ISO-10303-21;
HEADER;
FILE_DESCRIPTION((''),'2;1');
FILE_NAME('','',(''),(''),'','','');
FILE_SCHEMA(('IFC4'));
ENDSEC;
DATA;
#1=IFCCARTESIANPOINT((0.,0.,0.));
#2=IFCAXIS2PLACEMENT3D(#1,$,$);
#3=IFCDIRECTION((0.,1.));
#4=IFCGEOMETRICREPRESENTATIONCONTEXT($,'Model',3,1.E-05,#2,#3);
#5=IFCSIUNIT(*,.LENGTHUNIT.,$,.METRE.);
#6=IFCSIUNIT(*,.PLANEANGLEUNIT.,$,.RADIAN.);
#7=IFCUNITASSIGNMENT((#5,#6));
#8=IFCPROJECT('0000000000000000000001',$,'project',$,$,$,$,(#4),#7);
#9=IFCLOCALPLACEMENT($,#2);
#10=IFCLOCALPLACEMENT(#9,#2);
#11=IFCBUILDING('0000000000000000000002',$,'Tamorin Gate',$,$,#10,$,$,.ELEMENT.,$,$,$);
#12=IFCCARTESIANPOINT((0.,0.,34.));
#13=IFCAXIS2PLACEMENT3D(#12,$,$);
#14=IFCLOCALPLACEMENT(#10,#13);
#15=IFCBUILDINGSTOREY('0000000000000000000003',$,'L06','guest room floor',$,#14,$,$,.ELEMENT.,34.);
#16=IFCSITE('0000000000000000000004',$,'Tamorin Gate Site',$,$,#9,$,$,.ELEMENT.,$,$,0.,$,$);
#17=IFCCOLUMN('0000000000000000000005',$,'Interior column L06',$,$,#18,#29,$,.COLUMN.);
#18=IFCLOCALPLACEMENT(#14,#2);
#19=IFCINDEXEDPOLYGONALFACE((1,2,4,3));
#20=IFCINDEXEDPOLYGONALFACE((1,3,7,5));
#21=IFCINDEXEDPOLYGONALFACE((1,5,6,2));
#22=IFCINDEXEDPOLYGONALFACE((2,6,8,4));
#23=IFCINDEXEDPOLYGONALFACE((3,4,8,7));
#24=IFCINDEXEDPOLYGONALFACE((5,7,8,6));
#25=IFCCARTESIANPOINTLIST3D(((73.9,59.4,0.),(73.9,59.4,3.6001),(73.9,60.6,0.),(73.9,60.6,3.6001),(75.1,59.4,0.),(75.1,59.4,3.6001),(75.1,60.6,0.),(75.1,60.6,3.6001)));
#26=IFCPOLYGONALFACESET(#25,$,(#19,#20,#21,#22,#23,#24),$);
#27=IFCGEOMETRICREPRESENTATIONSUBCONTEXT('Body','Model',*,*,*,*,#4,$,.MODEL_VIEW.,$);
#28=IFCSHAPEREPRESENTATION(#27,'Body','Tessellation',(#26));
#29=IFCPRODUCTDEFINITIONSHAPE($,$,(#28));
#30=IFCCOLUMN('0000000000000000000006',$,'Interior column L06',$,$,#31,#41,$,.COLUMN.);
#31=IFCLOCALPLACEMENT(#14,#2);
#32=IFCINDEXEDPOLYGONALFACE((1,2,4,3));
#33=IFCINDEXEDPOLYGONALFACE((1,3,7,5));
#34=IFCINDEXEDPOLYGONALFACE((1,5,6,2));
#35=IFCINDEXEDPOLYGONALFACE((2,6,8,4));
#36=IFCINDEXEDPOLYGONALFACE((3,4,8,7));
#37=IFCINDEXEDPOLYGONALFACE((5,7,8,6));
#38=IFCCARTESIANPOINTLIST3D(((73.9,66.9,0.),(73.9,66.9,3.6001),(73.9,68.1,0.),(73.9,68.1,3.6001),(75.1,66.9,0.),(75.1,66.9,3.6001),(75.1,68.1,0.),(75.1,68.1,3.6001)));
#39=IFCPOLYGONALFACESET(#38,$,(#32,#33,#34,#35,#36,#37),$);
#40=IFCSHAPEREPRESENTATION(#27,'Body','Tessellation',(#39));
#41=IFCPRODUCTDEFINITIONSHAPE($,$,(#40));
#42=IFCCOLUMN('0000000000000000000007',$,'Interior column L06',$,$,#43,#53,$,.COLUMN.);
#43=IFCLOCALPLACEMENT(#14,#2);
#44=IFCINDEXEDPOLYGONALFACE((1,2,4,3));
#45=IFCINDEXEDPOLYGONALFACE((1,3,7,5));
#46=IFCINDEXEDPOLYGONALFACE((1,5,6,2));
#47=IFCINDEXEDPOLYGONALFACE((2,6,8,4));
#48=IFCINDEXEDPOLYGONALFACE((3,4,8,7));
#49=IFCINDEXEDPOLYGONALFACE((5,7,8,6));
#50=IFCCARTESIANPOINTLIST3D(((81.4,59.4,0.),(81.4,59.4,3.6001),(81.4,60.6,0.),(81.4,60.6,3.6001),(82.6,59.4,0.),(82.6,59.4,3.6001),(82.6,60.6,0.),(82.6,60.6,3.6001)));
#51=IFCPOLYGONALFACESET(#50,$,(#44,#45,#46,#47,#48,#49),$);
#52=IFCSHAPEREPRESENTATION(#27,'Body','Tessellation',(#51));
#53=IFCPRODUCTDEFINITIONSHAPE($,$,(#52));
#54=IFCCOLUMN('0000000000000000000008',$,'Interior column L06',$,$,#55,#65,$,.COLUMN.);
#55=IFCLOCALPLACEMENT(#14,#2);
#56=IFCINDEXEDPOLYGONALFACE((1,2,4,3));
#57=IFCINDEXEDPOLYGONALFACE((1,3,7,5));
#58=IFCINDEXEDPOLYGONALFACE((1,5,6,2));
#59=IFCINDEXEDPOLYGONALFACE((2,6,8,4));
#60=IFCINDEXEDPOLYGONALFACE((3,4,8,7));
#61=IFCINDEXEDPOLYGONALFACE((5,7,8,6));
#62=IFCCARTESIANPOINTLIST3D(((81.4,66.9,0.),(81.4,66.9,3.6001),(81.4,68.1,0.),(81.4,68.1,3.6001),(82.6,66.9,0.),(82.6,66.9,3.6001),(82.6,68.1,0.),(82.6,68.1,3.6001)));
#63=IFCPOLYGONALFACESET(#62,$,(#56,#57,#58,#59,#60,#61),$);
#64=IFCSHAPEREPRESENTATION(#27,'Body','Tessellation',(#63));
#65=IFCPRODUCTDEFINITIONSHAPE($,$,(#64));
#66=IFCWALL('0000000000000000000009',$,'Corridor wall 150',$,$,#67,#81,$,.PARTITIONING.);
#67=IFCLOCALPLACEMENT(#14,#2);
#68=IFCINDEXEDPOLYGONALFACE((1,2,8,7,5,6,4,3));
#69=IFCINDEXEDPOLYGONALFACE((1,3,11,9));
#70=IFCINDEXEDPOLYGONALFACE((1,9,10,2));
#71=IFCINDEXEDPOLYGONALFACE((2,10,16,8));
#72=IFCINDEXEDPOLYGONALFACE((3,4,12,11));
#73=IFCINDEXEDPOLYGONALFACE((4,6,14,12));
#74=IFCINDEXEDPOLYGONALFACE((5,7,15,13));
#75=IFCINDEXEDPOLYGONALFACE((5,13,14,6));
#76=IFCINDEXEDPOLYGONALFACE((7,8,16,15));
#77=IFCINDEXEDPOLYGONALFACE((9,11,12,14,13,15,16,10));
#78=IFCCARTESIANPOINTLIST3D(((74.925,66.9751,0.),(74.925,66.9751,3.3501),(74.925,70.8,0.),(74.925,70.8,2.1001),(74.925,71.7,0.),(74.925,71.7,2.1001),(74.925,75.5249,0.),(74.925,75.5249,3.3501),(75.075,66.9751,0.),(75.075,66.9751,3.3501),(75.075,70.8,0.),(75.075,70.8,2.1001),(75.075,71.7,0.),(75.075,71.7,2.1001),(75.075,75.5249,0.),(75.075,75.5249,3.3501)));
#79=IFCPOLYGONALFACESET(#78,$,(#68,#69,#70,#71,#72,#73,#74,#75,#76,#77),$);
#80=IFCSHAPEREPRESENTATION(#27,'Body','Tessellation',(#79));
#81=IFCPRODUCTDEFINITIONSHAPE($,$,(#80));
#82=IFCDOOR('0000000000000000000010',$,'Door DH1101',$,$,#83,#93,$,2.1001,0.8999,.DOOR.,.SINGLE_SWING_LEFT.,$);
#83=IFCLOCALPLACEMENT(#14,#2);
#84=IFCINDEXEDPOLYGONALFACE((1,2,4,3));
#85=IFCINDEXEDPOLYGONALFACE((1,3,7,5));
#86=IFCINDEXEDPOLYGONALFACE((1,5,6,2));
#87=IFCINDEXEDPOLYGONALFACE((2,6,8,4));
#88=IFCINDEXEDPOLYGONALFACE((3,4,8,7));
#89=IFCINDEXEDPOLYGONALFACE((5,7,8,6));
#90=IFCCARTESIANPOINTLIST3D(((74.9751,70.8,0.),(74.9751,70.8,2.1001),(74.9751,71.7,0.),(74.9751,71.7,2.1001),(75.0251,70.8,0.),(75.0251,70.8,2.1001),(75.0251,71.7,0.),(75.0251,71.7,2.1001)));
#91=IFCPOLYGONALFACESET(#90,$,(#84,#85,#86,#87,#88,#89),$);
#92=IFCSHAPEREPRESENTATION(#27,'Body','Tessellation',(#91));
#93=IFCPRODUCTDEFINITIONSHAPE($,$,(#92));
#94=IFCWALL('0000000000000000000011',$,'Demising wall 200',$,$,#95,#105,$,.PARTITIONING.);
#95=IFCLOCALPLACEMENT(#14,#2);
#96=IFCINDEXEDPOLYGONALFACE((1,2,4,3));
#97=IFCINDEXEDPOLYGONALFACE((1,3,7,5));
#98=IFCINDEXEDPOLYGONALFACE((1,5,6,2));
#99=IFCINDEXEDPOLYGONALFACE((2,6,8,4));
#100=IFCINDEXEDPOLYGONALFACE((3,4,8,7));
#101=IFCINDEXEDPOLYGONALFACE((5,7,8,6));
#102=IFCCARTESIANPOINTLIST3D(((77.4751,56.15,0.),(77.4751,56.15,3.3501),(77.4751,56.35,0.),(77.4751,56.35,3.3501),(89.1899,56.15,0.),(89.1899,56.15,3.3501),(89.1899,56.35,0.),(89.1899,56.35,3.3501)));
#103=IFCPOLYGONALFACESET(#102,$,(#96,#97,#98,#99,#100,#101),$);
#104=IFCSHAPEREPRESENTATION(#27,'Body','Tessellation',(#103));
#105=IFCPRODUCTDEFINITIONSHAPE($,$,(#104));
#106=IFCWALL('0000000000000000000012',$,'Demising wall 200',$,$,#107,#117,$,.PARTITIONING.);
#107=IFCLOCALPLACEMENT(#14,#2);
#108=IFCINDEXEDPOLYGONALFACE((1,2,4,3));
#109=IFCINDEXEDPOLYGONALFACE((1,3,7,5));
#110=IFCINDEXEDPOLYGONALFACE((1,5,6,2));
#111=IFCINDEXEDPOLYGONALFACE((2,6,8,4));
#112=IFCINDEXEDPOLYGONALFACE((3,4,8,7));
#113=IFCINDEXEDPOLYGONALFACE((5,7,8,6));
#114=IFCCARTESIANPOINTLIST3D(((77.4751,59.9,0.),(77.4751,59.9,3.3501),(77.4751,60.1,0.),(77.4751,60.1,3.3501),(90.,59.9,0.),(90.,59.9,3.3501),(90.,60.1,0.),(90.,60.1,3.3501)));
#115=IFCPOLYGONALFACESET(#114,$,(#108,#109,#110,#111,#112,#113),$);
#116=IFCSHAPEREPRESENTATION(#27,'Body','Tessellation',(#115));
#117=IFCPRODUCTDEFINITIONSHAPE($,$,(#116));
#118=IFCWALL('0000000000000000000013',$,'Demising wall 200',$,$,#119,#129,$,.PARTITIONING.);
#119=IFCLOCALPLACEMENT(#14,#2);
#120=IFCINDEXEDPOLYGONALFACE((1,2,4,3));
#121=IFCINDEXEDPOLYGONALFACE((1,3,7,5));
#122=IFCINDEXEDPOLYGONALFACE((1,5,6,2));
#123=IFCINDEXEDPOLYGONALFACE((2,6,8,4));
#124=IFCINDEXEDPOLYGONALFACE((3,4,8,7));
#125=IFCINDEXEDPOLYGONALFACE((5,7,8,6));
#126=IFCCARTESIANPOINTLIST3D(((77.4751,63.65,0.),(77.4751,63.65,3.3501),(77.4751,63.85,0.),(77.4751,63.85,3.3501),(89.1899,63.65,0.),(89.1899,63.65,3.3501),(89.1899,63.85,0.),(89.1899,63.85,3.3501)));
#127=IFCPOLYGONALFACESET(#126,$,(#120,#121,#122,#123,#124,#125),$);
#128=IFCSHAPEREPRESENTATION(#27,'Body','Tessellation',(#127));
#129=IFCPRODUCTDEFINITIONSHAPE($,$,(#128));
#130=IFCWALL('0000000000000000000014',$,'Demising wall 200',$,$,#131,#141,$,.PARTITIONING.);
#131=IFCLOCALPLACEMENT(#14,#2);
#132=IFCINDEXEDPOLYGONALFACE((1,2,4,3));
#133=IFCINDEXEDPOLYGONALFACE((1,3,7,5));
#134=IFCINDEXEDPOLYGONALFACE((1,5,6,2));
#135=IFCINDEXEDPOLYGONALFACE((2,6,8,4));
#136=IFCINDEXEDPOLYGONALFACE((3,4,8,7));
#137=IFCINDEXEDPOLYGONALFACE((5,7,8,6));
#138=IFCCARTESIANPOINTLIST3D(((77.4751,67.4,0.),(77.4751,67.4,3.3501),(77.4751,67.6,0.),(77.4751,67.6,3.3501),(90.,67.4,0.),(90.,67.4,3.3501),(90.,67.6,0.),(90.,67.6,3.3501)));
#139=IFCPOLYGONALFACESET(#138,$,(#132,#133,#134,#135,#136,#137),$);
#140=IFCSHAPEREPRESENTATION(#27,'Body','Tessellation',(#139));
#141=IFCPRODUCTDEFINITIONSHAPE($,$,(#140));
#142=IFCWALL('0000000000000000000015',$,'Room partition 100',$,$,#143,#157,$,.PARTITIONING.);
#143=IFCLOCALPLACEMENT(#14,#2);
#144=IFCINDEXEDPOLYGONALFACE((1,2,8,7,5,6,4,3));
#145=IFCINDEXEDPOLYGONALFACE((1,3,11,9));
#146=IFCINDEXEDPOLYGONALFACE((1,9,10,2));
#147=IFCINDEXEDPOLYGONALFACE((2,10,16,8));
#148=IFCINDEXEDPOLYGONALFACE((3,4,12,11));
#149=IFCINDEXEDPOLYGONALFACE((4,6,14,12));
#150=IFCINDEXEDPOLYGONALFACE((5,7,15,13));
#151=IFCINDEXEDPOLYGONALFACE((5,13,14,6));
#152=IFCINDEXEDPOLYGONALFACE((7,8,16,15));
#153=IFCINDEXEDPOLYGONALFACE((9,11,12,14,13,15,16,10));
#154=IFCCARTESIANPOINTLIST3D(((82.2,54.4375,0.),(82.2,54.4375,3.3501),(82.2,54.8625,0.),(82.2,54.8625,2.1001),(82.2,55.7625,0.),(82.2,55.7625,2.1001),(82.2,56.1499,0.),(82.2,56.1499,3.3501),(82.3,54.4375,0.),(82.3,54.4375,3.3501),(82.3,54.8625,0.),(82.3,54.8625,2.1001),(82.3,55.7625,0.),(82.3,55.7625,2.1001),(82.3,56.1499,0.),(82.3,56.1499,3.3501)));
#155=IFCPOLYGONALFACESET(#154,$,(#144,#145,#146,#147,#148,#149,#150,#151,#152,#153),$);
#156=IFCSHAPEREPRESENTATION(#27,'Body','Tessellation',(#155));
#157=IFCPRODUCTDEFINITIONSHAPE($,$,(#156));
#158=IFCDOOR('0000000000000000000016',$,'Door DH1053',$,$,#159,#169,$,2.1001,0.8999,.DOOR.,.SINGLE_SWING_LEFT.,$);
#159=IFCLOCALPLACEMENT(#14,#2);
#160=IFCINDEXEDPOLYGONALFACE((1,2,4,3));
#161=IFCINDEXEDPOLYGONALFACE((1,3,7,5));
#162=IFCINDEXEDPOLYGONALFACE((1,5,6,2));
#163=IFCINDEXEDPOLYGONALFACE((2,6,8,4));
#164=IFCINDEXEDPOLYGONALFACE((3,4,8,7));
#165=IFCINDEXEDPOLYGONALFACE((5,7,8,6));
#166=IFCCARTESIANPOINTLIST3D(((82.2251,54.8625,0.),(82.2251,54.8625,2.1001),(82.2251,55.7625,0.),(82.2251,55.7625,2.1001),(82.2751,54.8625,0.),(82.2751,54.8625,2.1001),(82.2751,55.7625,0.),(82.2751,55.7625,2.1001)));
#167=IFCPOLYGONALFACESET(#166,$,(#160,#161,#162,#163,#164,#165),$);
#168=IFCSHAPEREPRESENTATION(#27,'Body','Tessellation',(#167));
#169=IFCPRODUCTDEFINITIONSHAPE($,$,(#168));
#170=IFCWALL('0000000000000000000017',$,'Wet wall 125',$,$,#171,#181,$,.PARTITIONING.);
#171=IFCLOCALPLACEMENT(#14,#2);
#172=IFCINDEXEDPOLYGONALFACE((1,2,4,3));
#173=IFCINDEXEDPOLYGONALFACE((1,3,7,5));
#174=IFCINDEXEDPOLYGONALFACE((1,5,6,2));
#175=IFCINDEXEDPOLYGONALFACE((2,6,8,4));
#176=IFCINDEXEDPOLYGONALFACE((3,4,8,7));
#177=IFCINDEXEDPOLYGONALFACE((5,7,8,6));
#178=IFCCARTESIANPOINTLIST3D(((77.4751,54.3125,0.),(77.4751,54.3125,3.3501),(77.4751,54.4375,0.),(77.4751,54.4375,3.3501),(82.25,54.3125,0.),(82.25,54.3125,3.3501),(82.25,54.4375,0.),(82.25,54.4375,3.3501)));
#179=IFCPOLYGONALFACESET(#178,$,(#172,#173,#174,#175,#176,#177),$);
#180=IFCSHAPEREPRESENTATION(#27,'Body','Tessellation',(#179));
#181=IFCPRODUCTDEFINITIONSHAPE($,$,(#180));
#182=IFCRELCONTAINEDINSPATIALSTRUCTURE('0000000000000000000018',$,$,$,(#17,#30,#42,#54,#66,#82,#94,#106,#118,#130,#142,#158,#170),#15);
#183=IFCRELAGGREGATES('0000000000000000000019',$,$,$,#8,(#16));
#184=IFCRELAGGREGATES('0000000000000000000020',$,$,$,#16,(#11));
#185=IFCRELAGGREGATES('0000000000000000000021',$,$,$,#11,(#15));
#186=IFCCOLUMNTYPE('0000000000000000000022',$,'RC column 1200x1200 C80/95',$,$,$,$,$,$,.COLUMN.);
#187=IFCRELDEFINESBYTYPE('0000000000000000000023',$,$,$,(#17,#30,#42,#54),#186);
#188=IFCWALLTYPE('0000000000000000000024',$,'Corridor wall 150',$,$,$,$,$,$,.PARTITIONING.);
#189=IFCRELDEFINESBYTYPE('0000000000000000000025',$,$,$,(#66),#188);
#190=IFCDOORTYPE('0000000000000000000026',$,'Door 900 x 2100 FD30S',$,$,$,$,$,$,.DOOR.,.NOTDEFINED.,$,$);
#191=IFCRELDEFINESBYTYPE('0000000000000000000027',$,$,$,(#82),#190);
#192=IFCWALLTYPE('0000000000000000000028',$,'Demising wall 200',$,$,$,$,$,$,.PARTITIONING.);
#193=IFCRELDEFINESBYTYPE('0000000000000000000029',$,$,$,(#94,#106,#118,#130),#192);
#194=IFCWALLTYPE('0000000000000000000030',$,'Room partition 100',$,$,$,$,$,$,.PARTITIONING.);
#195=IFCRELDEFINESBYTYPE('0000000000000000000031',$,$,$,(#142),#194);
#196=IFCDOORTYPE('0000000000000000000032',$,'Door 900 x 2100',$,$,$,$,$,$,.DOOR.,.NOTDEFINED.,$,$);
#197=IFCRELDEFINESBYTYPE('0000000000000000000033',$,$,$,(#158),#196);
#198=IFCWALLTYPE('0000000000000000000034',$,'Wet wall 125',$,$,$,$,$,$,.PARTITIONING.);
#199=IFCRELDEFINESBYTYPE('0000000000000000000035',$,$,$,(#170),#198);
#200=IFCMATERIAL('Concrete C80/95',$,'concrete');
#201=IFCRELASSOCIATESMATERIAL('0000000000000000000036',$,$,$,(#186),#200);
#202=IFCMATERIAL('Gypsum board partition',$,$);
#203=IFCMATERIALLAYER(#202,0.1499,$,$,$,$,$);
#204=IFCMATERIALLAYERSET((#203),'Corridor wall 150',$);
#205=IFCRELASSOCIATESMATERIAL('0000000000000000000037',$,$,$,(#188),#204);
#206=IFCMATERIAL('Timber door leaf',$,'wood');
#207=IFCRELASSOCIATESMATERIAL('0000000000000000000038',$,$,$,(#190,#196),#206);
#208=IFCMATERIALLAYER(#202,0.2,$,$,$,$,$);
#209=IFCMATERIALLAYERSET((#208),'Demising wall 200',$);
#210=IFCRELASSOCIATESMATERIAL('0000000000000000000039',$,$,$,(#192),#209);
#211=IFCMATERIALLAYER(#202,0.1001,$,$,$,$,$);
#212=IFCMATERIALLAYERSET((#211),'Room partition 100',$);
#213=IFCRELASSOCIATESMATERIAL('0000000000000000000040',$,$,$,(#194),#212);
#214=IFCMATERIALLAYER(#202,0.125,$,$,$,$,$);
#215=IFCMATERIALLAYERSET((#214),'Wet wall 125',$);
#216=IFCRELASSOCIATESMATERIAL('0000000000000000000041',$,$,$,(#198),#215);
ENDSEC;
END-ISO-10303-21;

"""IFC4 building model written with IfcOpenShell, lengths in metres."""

from ifc_helpers import new_model, si_unit, direction, frame, frame_2d, origin, origin_2d, place, context, subcontext, project, spatial, rectangle, extrude, material, layer, layer_set, material_profile, profile_set, type_object, element, fill, save


model = new_model("IFC4")

# Units and contexts
model_context = context("Model", 3, precision=1e-05, world=origin(), true_north=direction((0.0, 1.0)))
body_context = subcontext(model_context, "Body", "Model", "MODEL_VIEW")
ifc_project = project(units=[si_unit("LENGTHUNIT", "METRE"), si_unit("PLANEANGLEUNIT", "RADIAN")], contexts=[model_context])

# Site, building, storey
site_placement = place(None, origin())
site = spatial("IfcSite", under=ifc_project, at=site_placement, Name="Tamorin Gate Site", CompositionType="ELEMENT", RefElevation=0.0)
building_placement = place(site_placement, origin())
building = spatial("IfcBuilding", under=site, at=building_placement, Name="Tamorin Gate", CompositionType="ELEMENT")
storey_placement = place(building_placement, frame((0.0, 0.0, 34.0)))
storey = spatial("IfcBuildingStorey", under=building, at=storey_placement, Name="L06", Description="guest room floor", CompositionType="ELEMENT", Elevation=34.0)

# Columns
ifc_material_1 = material(Name="Concrete C80/95", Category="concrete")
ifc_material_profile = material_profile(ifc_material_1, rectangle(XDim=1.2, YDim=1.2, at=origin_2d()), Name="RC 1200x1200")
ifc_profile_set = profile_set([ifc_material_profile], Name="Concrete C80/95")
column_type = type_object("IfcColumnType", Name="RC column 1200x1200 C80/95", PredefinedType="COLUMN", material=ifc_profile_set)
for number, where, z_axis, x_axis, name in (
    (1, (74.5, 60.0, 0.0), (0.0, 0.0, 1.0), (1.0, 0.0, 0.0), "Interior column L06"),
    (2, (74.5, 67.5, 0.0), (0.0, 0.0, 1.0), (1.0, 0.0, 0.0), "Interior column L06"),
    (3, (82.0, 60.0, 0.0), (0.0, 0.0, 1.0), (1.0, 0.0, 0.0), "Interior column L06"),
    (4, (82.0, 67.5, 0.0), (0.0, 0.0, 1.0), (1.0, 0.0, 0.0), "Interior column L06"),
):
    element("IfcColumn", number, at=place(storey_placement, frame(where, z_axis=z_axis, x_axis=x_axis)), inside=storey, type_object=column_type, Name=name, PredefinedType="COLUMN", context=body_context, shape_type="SweptSolid", body=[
        extrude(rectangle(XDim=1.2, YDim=1.2, at=origin_2d()), origin(), (0.0, 0.0, 1.0), 3.6001),
    ])

# Wall, opening, door
ifc_material_2 = material(Name="Gypsum board partition")
ifc_layer_1 = layer(ifc_material_2, 0.1499)
ifc_layer_set_1 = layer_set([ifc_layer_1], Name="Corridor wall 150")
wall_type_1 = type_object("IfcWallType", Name="Corridor wall 150", PredefinedType="PARTITIONING", material=ifc_layer_set_1)
wall_1_placement = place(storey_placement, frame((75.0, 66.9751, 0.0), z_axis=(0.0, 0.0, 1.0), x_axis=(0.0, 1.0, 0.0)))
wall_1 = element("IfcWall", 5, at=wall_1_placement, inside=storey, type_object=wall_type_1, Name="Corridor wall 150", PredefinedType="PARTITIONING", context=body_context, shape_type="SweptSolid", body=[
    extrude(rectangle(XDim=8.5498, YDim=0.1499, at=frame_2d((4.2749, 0.0))), origin(), (0.0, 0.0, 1.0), 3.3501),
])
opening_1_placement = place(wall_1_placement, frame((3.825, 0.0, 0.0)))
opening_1 = element("IfcOpeningElement", 6, at=opening_1_placement, cuts=wall_1, PredefinedType="OPENING", context=body_context, shape_type="SweptSolid", body=[
    extrude(rectangle(XDim=0.8999, YDim=2.1001, at=frame_2d((0.45, 1.05))), frame((0.0, 0.085, 0.0), z_axis=(0.0, -1.0, 0.0), x_axis=(1.0, 0.0, 0.0)), (0.0, 0.0, 1.0), 0.1699),
])
ifc_material_3 = material(Name="Timber door leaf", Category="wood")
door_type_1 = type_object("IfcDoorType", Name="Door 900 x 2100 FD30S", OperationType="NOTDEFINED", PredefinedType="DOOR", material=ifc_material_3)
door_1_placement = place(opening_1_placement, origin())
door_1 = element("IfcDoor", 7, at=door_1_placement, inside=storey, type_object=door_type_1, Name="Door DH1101", OperationType="SINGLE_SWING_LEFT", OverallHeight=2.1001, OverallWidth=0.8999, PredefinedType="DOOR", context=body_context, shape_type="SweptSolid", body=[
    extrude(rectangle(XDim=0.8999, YDim=2.1001, at=frame_2d((0.45, 1.05))), frame((0.0, 0.0249, 0.0), z_axis=(0.0, -1.0, 0.0), x_axis=(1.0, 0.0, 0.0)), (0.0, 0.0, 1.0), 0.05),
])
fill(opening_1, door_1)

# Walls
ifc_layer_2 = layer(ifc_material_2, 0.2)
ifc_layer_set_2 = layer_set([ifc_layer_2], Name="Demising wall 200")
wall_type_2 = type_object("IfcWallType", Name="Demising wall 200", PredefinedType="PARTITIONING", material=ifc_layer_set_2)
wall_2_placement = place(storey_placement, frame((77.4751, 56.25, 0.0), z_axis=(0.0, 0.0, 1.0), x_axis=(1.0, 0.0, 0.0)))
element("IfcWall", 8, at=wall_2_placement, inside=storey, type_object=wall_type_2, Name="Demising wall 200", PredefinedType="PARTITIONING", context=body_context, shape_type="SweptSolid", body=[
    extrude(rectangle(XDim=11.7148, YDim=0.2, at=frame_2d((5.8574, 0.0))), origin(), (0.0, 0.0, 1.0), 3.3501),
])
wall_3_placement = place(storey_placement, frame((77.4751, 60.0, 0.0), z_axis=(0.0, 0.0, 1.0), x_axis=(1.0, 0.0, 0.0)))
element("IfcWall", 9, at=wall_3_placement, inside=storey, type_object=wall_type_2, Name="Demising wall 200", PredefinedType="PARTITIONING", context=body_context, shape_type="SweptSolid", body=[
    extrude(rectangle(XDim=12.5249, YDim=0.2, at=frame_2d((6.2625, 0.0))), origin(), (0.0, 0.0, 1.0), 3.3501),
])
wall_4_placement = place(storey_placement, frame((77.4751, 63.75, 0.0), z_axis=(0.0, 0.0, 1.0), x_axis=(1.0, 0.0, 0.0)))
element("IfcWall", 10, at=wall_4_placement, inside=storey, type_object=wall_type_2, Name="Demising wall 200", PredefinedType="PARTITIONING", context=body_context, shape_type="SweptSolid", body=[
    extrude(rectangle(XDim=11.7148, YDim=0.2, at=frame_2d((5.8574, 0.0))), origin(), (0.0, 0.0, 1.0), 3.3501),
])
wall_5_placement = place(storey_placement, frame((77.4751, 67.5, 0.0), z_axis=(0.0, 0.0, 1.0), x_axis=(1.0, 0.0, 0.0)))
element("IfcWall", 11, at=wall_5_placement, inside=storey, type_object=wall_type_2, Name="Demising wall 200", PredefinedType="PARTITIONING", context=body_context, shape_type="SweptSolid", body=[
    extrude(rectangle(XDim=12.5249, YDim=0.2, at=frame_2d((6.2625, 0.0))), origin(), (0.0, 0.0, 1.0), 3.3501),
])

# Wall, opening, door
ifc_layer_3 = layer(ifc_material_2, 0.1001)
ifc_layer_set_3 = layer_set([ifc_layer_3], Name="Room partition 100")
wall_type_3 = type_object("IfcWallType", Name="Room partition 100", PredefinedType="PARTITIONING", material=ifc_layer_set_3)
wall_6_placement = place(storey_placement, frame((82.25, 54.4375, 0.0), z_axis=(0.0, 0.0, 1.0), x_axis=(0.0, 1.0, 0.0)))
wall_6 = element("IfcWall", 12, at=wall_6_placement, inside=storey, type_object=wall_type_3, Name="Room partition 100", PredefinedType="PARTITIONING", context=body_context, shape_type="SweptSolid", body=[
    extrude(rectangle(XDim=1.7124, YDim=0.1001, at=frame_2d((0.8562, 0.0))), origin(), (0.0, 0.0, 1.0), 3.3501),
])
opening_2_placement = place(wall_6_placement, frame((0.425, 0.0, 0.0)))
opening_2 = element("IfcOpeningElement", 13, at=opening_2_placement, cuts=wall_6, PredefinedType="OPENING", context=body_context, shape_type="SweptSolid", body=[
    extrude(rectangle(XDim=0.8999, YDim=2.1001, at=frame_2d((0.45, 1.05))), frame((0.0, 0.0601, 0.0), z_axis=(0.0, -1.0, 0.0), x_axis=(1.0, 0.0, 0.0)), (0.0, 0.0, 1.0), 0.1201),
])
door_type_2 = type_object("IfcDoorType", Name="Door 900 x 2100", OperationType="NOTDEFINED", PredefinedType="DOOR", material=ifc_material_3)
door_2_placement = place(opening_2_placement, origin())
door_2 = element("IfcDoor", 14, at=door_2_placement, inside=storey, type_object=door_type_2, Name="Door DH1053", OperationType="SINGLE_SWING_LEFT", OverallHeight=2.1001, OverallWidth=0.8999, PredefinedType="DOOR", context=body_context, shape_type="SweptSolid", body=[
    extrude(rectangle(XDim=0.8999, YDim=2.1001, at=frame_2d((0.45, 1.05))), frame((0.0, 0.0249, 0.0), z_axis=(0.0, -1.0, 0.0), x_axis=(1.0, 0.0, 0.0)), (0.0, 0.0, 1.0), 0.05),
])
fill(opening_2, door_2)

# Wall
ifc_layer_4 = layer(ifc_material_2, 0.125)
ifc_layer_set_4 = layer_set([ifc_layer_4], Name="Wet wall 125")
wall_type_4 = type_object("IfcWallType", Name="Wet wall 125", PredefinedType="PARTITIONING", material=ifc_layer_set_4)
for number, where, z_axis, x_axis, name in (
    (15, (77.4751, 54.375, 0.0), (0.0, 0.0, 1.0), (1.0, 0.0, 0.0), "Wet wall 125"),
):
    element("IfcWall", number, at=place(storey_placement, frame(where, z_axis=z_axis, x_axis=x_axis)), inside=storey, type_object=wall_type_4, Name=name, PredefinedType="PARTITIONING", context=body_context, shape_type="SweptSolid", body=[
        extrude(rectangle(XDim=4.7749, YDim=0.125, at=frame_2d((2.3875, 0.0))), origin(), (0.0, 0.0, 1.0), 3.3501),
    ])

save(model, "model.ifc")
